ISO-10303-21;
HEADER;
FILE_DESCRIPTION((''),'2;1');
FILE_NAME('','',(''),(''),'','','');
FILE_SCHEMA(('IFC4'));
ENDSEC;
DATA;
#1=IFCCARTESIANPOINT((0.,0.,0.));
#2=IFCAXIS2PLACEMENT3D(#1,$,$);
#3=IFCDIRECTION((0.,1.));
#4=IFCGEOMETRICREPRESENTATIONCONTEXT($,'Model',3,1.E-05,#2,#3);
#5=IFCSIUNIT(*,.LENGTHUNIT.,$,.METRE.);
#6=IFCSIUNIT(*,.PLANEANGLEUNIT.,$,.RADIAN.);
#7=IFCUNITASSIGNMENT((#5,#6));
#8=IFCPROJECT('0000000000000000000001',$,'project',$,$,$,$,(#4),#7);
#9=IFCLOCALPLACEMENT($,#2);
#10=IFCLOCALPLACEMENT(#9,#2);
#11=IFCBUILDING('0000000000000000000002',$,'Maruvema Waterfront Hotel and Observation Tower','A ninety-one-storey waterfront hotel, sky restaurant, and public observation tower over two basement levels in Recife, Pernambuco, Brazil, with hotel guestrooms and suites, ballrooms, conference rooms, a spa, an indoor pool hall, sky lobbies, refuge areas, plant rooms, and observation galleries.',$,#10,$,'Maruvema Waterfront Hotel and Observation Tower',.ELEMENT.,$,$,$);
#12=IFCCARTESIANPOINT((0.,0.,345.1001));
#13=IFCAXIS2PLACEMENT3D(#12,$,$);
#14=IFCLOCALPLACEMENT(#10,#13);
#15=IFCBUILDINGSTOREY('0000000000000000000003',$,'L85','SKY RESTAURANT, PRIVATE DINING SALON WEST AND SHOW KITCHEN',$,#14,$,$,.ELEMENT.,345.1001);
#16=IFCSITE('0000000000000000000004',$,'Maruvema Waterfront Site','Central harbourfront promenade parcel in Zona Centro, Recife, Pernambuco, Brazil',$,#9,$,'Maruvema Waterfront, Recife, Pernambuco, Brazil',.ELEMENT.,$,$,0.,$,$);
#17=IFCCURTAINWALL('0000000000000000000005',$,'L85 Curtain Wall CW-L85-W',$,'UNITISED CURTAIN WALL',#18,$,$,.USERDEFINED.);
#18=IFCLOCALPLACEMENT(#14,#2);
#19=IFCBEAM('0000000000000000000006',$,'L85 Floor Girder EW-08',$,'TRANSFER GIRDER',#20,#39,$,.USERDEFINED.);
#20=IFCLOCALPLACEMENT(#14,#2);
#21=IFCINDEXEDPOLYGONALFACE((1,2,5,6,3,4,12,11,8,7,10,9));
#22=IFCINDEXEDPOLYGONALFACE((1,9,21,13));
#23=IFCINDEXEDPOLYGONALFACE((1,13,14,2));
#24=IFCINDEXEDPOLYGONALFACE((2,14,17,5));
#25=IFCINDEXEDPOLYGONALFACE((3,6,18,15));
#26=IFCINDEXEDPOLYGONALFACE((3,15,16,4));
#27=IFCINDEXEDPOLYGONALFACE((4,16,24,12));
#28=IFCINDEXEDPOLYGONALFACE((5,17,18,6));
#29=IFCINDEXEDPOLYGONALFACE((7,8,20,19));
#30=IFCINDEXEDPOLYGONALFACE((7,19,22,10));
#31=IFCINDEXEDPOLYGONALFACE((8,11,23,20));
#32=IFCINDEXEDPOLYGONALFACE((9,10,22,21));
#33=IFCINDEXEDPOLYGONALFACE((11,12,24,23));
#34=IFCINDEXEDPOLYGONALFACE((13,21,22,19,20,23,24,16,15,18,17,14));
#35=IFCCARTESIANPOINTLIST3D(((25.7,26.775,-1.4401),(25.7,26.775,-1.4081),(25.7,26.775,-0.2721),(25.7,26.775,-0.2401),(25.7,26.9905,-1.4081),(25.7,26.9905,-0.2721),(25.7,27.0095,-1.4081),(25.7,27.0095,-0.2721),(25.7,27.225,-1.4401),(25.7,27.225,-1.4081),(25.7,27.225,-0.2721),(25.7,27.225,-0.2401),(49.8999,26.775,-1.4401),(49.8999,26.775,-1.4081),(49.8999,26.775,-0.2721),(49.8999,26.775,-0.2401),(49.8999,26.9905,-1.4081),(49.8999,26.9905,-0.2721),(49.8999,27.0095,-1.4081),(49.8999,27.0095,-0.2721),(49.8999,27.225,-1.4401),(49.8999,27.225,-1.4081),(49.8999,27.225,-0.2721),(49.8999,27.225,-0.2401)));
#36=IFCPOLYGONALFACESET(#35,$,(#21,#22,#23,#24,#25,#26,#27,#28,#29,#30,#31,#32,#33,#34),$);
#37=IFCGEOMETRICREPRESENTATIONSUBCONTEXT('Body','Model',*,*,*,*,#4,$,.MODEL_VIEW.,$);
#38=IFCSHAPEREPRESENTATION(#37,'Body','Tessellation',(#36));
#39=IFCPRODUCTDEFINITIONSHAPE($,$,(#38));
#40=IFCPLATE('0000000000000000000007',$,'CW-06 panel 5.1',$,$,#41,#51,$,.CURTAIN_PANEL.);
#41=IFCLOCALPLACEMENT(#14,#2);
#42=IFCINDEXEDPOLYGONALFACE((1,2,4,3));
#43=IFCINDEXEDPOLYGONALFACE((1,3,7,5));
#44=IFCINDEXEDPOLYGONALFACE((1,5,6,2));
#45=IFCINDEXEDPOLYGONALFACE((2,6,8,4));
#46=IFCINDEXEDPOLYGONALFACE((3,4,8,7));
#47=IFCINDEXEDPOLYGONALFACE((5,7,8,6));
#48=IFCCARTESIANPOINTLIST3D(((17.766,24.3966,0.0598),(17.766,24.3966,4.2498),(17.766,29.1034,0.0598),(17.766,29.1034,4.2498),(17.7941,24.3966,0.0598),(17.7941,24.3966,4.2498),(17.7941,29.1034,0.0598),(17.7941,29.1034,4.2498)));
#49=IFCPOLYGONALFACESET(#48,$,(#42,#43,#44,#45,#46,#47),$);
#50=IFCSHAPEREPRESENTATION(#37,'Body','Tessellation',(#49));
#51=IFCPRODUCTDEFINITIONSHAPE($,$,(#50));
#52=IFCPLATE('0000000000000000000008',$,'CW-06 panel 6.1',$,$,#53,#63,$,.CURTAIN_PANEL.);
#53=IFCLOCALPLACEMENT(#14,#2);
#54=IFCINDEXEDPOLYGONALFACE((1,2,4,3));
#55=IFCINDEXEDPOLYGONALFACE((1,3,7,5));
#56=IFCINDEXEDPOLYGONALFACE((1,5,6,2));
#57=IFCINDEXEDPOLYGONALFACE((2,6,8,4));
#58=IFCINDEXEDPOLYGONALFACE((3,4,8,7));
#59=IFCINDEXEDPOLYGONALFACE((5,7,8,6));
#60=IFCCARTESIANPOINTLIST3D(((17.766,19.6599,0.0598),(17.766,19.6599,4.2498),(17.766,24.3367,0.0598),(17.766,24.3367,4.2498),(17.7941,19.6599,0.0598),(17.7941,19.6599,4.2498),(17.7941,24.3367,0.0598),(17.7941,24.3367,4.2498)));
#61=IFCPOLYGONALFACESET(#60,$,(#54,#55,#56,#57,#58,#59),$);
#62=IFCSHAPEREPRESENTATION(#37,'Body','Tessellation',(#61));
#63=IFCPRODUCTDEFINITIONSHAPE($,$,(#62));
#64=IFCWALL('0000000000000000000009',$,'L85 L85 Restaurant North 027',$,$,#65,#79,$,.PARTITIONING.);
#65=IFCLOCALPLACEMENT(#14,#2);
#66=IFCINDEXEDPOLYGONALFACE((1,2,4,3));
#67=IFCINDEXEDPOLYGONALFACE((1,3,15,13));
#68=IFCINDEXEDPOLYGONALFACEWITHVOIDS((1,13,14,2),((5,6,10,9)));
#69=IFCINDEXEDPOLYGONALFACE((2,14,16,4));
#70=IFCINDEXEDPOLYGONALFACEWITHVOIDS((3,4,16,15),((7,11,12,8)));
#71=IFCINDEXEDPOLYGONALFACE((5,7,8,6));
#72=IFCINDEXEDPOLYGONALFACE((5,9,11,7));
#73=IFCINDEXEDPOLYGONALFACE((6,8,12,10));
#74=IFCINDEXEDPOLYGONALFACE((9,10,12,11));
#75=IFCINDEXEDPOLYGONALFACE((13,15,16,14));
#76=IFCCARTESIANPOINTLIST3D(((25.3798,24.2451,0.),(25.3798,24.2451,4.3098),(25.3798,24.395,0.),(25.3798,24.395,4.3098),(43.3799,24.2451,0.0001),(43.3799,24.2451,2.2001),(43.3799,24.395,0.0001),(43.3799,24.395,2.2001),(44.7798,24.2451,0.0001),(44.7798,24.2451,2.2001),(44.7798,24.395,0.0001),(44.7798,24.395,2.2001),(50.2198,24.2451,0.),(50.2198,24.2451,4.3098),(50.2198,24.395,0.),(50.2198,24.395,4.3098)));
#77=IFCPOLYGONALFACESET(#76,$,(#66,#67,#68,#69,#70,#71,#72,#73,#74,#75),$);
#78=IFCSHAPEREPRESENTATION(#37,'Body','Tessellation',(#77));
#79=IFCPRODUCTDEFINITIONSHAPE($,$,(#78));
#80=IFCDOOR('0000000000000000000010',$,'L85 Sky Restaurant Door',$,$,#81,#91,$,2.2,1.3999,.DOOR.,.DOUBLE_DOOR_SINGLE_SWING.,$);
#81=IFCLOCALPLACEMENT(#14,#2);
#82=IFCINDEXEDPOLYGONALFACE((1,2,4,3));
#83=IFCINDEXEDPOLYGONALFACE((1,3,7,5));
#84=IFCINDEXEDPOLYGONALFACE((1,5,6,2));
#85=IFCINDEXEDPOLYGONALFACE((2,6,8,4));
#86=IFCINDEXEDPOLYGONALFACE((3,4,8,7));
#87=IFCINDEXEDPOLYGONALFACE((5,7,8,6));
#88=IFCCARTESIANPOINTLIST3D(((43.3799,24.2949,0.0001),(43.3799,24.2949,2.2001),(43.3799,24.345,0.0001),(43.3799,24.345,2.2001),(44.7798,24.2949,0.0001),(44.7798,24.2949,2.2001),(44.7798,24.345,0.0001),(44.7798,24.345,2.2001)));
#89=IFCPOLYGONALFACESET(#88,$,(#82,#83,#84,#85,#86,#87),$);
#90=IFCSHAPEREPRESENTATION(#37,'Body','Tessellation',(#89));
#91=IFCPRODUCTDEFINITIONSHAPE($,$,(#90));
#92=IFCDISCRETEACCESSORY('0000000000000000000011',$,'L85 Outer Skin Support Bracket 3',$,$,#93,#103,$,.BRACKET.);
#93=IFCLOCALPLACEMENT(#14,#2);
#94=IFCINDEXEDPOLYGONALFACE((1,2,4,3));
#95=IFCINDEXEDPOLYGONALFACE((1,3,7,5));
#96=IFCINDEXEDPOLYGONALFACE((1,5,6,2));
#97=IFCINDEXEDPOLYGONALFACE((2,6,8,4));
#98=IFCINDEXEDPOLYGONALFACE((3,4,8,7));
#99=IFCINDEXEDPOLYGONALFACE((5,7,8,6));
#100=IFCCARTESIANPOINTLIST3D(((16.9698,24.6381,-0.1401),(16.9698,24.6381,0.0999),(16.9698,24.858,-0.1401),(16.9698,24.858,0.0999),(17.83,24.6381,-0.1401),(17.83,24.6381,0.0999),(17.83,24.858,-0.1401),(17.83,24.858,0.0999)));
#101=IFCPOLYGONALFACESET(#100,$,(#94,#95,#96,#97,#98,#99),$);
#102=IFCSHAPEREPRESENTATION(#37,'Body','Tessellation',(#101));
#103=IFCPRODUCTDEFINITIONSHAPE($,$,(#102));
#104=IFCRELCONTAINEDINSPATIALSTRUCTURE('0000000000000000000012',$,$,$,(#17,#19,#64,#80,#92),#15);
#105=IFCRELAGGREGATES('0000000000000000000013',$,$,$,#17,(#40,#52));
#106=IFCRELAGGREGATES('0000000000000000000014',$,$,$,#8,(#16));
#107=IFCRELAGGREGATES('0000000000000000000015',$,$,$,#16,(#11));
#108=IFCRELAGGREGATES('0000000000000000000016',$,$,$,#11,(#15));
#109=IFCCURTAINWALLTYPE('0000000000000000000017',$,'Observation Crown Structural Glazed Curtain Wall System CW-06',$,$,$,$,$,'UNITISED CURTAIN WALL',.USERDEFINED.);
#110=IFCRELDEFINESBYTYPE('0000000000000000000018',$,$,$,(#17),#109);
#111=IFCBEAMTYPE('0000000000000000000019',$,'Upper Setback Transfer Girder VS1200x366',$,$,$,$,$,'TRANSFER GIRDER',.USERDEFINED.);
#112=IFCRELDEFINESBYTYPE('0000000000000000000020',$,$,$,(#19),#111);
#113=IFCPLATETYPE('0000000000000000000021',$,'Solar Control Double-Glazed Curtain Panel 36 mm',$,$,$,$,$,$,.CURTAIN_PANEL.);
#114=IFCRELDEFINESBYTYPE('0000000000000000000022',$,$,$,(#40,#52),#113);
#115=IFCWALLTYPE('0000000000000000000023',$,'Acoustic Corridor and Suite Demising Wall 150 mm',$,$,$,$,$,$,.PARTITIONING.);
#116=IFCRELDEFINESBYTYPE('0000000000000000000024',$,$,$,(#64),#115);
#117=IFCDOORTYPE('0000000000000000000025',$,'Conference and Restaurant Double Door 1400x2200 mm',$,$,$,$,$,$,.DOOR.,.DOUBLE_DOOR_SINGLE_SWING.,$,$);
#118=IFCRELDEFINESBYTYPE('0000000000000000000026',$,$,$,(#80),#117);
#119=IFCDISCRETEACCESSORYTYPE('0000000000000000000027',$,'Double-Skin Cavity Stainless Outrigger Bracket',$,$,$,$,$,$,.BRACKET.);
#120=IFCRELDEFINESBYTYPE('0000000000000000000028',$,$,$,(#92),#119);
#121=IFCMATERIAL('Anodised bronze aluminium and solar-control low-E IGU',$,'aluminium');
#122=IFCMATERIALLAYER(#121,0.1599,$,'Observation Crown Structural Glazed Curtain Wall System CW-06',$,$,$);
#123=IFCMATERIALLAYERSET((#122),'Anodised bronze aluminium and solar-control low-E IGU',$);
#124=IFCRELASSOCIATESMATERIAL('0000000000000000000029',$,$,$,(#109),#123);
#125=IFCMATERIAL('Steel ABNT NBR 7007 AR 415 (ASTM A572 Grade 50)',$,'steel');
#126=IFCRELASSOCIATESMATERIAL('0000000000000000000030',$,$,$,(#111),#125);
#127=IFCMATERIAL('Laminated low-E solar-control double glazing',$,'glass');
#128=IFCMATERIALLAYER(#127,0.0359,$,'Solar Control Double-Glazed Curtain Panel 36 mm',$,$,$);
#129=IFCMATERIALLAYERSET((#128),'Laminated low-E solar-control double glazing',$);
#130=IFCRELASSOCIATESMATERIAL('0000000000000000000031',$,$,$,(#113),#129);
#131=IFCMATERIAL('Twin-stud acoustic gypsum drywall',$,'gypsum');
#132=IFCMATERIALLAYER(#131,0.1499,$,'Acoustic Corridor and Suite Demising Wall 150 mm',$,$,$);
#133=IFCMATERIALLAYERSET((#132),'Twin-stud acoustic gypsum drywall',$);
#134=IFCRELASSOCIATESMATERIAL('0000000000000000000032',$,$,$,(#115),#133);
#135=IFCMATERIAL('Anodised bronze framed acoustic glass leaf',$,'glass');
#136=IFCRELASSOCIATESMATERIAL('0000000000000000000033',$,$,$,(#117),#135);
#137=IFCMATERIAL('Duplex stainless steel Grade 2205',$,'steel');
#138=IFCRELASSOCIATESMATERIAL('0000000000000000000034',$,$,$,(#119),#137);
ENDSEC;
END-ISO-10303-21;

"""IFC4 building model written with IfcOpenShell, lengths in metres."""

from ifc_helpers import new_model, si_unit, direction, frame, frame_2d, origin, origin_2d, place, context, subcontext, project, spatial, rectangle, i_section, extrude, material, layer, layer_set, material_profile, profile_set, type_object, element, fill, aggregate, save


model = new_model("IFC4")

# Units and contexts
model_context = context("Model", 3, precision=1e-05, world=origin(), true_north=direction((0.0, 1.0)))
body_context = subcontext(model_context, "Body", "Model", "MODEL_VIEW")
ifc_project = project(units=[si_unit("LENGTHUNIT", "METRE"), si_unit("PLANEANGLEUNIT", "RADIAN")], contexts=[model_context])

# Site, building, storey
site_placement = place(None, origin())
site = spatial("IfcSite", under=ifc_project, at=site_placement, Name="Maruvema Waterfront Site", Description="Central harbourfront promenade parcel in Zona Centro, Recife, Pernambuco, Brazil", LongName="Maruvema Waterfront, Recife, Pernambuco, Brazil", CompositionType="ELEMENT", RefElevation=0.0)
building_placement = place(site_placement, origin())
building = spatial("IfcBuilding", under=site, at=building_placement, Name="Maruvema Waterfront Hotel and Observation Tower", Description="A ninety-one-storey waterfront hotel, sky restaurant, and public observation tower over two basement levels in Recife, Pernambuco, Brazil, with hotel guestrooms and suites, ballrooms, conference rooms, a spa, an indoor pool hall, sky lobbies, refuge areas, plant rooms, and observation galleries.", LongName="Maruvema Waterfront Hotel and Observation Tower", CompositionType="ELEMENT")
storey_placement = place(building_placement, frame((0.0, 0.0, 345.1001)))
storey = spatial("IfcBuildingStorey", under=building, at=storey_placement, Name="L85", Description="SKY RESTAURANT, PRIVATE DINING SALON WEST AND SHOW KITCHEN", CompositionType="ELEMENT", Elevation=345.1001)

# Curtain wall
ifc_material_1 = material(Name="Anodised bronze aluminium and solar-control low-E IGU", Category="aluminium")
ifc_layer_1 = layer(ifc_material_1, 0.1599, Name="Observation Crown Structural Glazed Curtain Wall System CW-06")
ifc_layer_set_1 = layer_set([ifc_layer_1], Name="Anodised bronze aluminium and solar-control low-E IGU")
curtain_wall_type = type_object("IfcCurtainWallType", Name="Observation Crown Structural Glazed Curtain Wall System CW-06", ElementType="UNITISED CURTAIN WALL", PredefinedType="USERDEFINED", material=ifc_layer_set_1)
curtain_wall_placement = place(storey_placement, origin())
curtain_wall = element("IfcCurtainWall", 1, at=curtain_wall_placement, inside=storey, type_object=curtain_wall_type, Name="L85 Curtain Wall CW-L85-W", ObjectType="UNITISED CURTAIN WALL", PredefinedType="USERDEFINED")

# Beam
ifc_material_2 = material(Name="Steel ABNT NBR 7007 AR 415 (ASTM A572 Grade 50)", Category="steel")
ifc_material_profile_1 = material_profile(ifc_material_2, i_section(OverallWidth=0.45, OverallDepth=1.2, WebThickness=0.019, FlangeThickness=0.032, at=origin_2d()), Name="VS1200x366")
ifc_profile_set_1 = profile_set([ifc_material_profile_1], Name="Steel ABNT NBR 7007 AR 415 (ASTM A572 Grade 50)")
beam_type_1 = type_object("IfcBeamType", Name="Upper Setback Transfer Girder VS1200x366", ElementType="TRANSFER GIRDER", PredefinedType="USERDEFINED", material=ifc_profile_set_1)
beam_1_placement = place(storey_placement, frame((25.7, 27.0, -0.8401), z_axis=(1.0, 0.0, 0.0), x_axis=(0.0, 1.0, 0.0)))
element("IfcBeam", 2, at=beam_1_placement, inside=storey, type_object=beam_type_1, Name="L85 Floor Girder EW-08", ObjectType="TRANSFER GIRDER", PredefinedType="USERDEFINED", context=body_context, shape_type="SweptSolid", body=[
    extrude(i_section(OverallWidth=0.45, OverallDepth=1.2, WebThickness=0.019, FlangeThickness=0.032, at=origin_2d()), origin(), (0.0, 0.0, 1.0), 24.2),
])

# Plates
ifc_material_3 = material(Name="Laminated low-E solar-control double glazing", Category="glass")
ifc_layer_2 = layer(ifc_material_3, 0.0359, Name="Solar Control Double-Glazed Curtain Panel 36 mm")
ifc_layer_set_2 = layer_set([ifc_layer_2], Name="Laminated low-E solar-control double glazing")
plate_type = type_object("IfcPlateType", Name="Solar Control Double-Glazed Curtain Panel 36 mm", PredefinedType="CURTAIN_PANEL", material=ifc_layer_set_2)
plate_1_placement = place(storey_placement, frame((17.78, 26.75, 0.0598), z_axis=(0.0, 0.0, 1.0), x_axis=(0.0, -1.0, 0.0)))
plate_1 = element("IfcPlate", 3, at=plate_1_placement, type_object=plate_type, Name="CW-06 panel 5.1", PredefinedType="CURTAIN_PANEL", context=body_context, shape_type="SweptSolid", body=[
    extrude(rectangle(XDim=4.7068, YDim=0.0281, at=origin_2d()), origin(), (0.0, 0.0, 1.0), 4.1899),
])
plate_2_placement = place(storey_placement, frame((17.78, 21.9983, 0.0598), z_axis=(0.0, 0.0, 1.0), x_axis=(0.0, -1.0, 0.0)))
plate_2 = element("IfcPlate", 4, at=plate_2_placement, type_object=plate_type, Name="CW-06 panel 6.1", PredefinedType="CURTAIN_PANEL", context=body_context, shape_type="SweptSolid", body=[
    extrude(rectangle(XDim=4.6768, YDim=0.0281, at=origin_2d()), origin(), (0.0, 0.0, 1.0), 4.1899),
])
aggregate(curtain_wall, [plate_1, plate_2])

# Wall, opening, door
ifc_material_4 = material(Name="Twin-stud acoustic gypsum drywall", Category="gypsum")
ifc_layer_3 = layer(ifc_material_4, 0.1499, Name="Acoustic Corridor and Suite Demising Wall 150 mm")
ifc_layer_set_3 = layer_set([ifc_layer_3], Name="Twin-stud acoustic gypsum drywall")
wall_type = type_object("IfcWallType", Name="Acoustic Corridor and Suite Demising Wall 150 mm", PredefinedType="PARTITIONING", material=ifc_layer_set_3)
wall_placement = place(storey_placement, frame((25.3799, 24.3201, 0.0), z_axis=(0.0, 0.0, 1.0), x_axis=(1.0, 0.0, 0.0)))
wall = element("IfcWall", 5, at=wall_placement, inside=storey, type_object=wall_type, Name="L85 L85 Restaurant North 027", PredefinedType="PARTITIONING", context=body_context, shape_type="SweptSolid", body=[
    extrude(rectangle(XDim=24.8401, YDim=0.1499, at=frame_2d((12.4199, 0.0))), origin(), (0.0, 0.0, 1.0), 4.3098),
])
opening_placement = place(wall_placement, frame((18.0, 0.0, 0.0)))
opening = element("IfcOpeningElement", 6, at=opening_placement, cuts=wall, PredefinedType="OPENING", context=body_context, shape_type="SweptSolid", body=[
    extrude(rectangle(XDim=1.3999, YDim=2.2, at=frame_2d((0.7, 1.1001))), frame((0.0, 0.085, 0.0), z_axis=(0.0, -1.0, 0.0), x_axis=(1.0, 0.0, 0.0)), (0.0, 0.0, 1.0), 0.1699),
])
ifc_material_5 = material(Name="Anodised bronze framed acoustic glass leaf", Category="glass")
door_type = type_object("IfcDoorType", Name="Conference and Restaurant Double Door 1400x2200 mm", OperationType="DOUBLE_DOOR_SINGLE_SWING", PredefinedType="DOOR", material=ifc_material_5)
door_placement = place(opening_placement, origin())
door = element("IfcDoor", 7, at=door_placement, inside=storey, type_object=door_type, Name="L85 Sky Restaurant Door", OperationType="DOUBLE_DOOR_SINGLE_SWING", OverallHeight=2.2, OverallWidth=1.3999, PredefinedType="DOOR", context=body_context, shape_type="SweptSolid", body=[
    extrude(rectangle(XDim=1.3999, YDim=2.2, at=frame_2d((0.7, 1.1001))), frame((0.0, 0.0249, 0.0), z_axis=(0.0, -1.0, 0.0), x_axis=(1.0, 0.0, 0.0)), (0.0, 0.0, 1.0), 0.05),
])
fill(opening, door)

# Discrete accessory
ifc_material_6 = material(Name="Duplex stainless steel Grade 2205", Category="steel")
discrete_accessory_type = type_object("IfcDiscreteAccessoryType", Name="Double-Skin Cavity Stainless Outrigger Bracket", PredefinedType="BRACKET", material=ifc_material_6)
discrete_accessory_placement = place(storey_placement, frame((17.3999, 24.748, -0.1401), z_axis=(0.0, 0.0, 1.0), x_axis=(0.0, -1.0, 0.0)))
element("IfcDiscreteAccessory", 8, at=discrete_accessory_placement, inside=storey, type_object=discrete_accessory_type, Name="L85 Outer Skin Support Bracket 3", PredefinedType="BRACKET", context=body_context, shape_type="SweptSolid", body=[
    extrude(rectangle(XDim=0.22, YDim=0.8601, at=origin_2d()), origin(), (0.0, 0.0, 1.0), 0.24),
])

save(model, "model.ifc")
